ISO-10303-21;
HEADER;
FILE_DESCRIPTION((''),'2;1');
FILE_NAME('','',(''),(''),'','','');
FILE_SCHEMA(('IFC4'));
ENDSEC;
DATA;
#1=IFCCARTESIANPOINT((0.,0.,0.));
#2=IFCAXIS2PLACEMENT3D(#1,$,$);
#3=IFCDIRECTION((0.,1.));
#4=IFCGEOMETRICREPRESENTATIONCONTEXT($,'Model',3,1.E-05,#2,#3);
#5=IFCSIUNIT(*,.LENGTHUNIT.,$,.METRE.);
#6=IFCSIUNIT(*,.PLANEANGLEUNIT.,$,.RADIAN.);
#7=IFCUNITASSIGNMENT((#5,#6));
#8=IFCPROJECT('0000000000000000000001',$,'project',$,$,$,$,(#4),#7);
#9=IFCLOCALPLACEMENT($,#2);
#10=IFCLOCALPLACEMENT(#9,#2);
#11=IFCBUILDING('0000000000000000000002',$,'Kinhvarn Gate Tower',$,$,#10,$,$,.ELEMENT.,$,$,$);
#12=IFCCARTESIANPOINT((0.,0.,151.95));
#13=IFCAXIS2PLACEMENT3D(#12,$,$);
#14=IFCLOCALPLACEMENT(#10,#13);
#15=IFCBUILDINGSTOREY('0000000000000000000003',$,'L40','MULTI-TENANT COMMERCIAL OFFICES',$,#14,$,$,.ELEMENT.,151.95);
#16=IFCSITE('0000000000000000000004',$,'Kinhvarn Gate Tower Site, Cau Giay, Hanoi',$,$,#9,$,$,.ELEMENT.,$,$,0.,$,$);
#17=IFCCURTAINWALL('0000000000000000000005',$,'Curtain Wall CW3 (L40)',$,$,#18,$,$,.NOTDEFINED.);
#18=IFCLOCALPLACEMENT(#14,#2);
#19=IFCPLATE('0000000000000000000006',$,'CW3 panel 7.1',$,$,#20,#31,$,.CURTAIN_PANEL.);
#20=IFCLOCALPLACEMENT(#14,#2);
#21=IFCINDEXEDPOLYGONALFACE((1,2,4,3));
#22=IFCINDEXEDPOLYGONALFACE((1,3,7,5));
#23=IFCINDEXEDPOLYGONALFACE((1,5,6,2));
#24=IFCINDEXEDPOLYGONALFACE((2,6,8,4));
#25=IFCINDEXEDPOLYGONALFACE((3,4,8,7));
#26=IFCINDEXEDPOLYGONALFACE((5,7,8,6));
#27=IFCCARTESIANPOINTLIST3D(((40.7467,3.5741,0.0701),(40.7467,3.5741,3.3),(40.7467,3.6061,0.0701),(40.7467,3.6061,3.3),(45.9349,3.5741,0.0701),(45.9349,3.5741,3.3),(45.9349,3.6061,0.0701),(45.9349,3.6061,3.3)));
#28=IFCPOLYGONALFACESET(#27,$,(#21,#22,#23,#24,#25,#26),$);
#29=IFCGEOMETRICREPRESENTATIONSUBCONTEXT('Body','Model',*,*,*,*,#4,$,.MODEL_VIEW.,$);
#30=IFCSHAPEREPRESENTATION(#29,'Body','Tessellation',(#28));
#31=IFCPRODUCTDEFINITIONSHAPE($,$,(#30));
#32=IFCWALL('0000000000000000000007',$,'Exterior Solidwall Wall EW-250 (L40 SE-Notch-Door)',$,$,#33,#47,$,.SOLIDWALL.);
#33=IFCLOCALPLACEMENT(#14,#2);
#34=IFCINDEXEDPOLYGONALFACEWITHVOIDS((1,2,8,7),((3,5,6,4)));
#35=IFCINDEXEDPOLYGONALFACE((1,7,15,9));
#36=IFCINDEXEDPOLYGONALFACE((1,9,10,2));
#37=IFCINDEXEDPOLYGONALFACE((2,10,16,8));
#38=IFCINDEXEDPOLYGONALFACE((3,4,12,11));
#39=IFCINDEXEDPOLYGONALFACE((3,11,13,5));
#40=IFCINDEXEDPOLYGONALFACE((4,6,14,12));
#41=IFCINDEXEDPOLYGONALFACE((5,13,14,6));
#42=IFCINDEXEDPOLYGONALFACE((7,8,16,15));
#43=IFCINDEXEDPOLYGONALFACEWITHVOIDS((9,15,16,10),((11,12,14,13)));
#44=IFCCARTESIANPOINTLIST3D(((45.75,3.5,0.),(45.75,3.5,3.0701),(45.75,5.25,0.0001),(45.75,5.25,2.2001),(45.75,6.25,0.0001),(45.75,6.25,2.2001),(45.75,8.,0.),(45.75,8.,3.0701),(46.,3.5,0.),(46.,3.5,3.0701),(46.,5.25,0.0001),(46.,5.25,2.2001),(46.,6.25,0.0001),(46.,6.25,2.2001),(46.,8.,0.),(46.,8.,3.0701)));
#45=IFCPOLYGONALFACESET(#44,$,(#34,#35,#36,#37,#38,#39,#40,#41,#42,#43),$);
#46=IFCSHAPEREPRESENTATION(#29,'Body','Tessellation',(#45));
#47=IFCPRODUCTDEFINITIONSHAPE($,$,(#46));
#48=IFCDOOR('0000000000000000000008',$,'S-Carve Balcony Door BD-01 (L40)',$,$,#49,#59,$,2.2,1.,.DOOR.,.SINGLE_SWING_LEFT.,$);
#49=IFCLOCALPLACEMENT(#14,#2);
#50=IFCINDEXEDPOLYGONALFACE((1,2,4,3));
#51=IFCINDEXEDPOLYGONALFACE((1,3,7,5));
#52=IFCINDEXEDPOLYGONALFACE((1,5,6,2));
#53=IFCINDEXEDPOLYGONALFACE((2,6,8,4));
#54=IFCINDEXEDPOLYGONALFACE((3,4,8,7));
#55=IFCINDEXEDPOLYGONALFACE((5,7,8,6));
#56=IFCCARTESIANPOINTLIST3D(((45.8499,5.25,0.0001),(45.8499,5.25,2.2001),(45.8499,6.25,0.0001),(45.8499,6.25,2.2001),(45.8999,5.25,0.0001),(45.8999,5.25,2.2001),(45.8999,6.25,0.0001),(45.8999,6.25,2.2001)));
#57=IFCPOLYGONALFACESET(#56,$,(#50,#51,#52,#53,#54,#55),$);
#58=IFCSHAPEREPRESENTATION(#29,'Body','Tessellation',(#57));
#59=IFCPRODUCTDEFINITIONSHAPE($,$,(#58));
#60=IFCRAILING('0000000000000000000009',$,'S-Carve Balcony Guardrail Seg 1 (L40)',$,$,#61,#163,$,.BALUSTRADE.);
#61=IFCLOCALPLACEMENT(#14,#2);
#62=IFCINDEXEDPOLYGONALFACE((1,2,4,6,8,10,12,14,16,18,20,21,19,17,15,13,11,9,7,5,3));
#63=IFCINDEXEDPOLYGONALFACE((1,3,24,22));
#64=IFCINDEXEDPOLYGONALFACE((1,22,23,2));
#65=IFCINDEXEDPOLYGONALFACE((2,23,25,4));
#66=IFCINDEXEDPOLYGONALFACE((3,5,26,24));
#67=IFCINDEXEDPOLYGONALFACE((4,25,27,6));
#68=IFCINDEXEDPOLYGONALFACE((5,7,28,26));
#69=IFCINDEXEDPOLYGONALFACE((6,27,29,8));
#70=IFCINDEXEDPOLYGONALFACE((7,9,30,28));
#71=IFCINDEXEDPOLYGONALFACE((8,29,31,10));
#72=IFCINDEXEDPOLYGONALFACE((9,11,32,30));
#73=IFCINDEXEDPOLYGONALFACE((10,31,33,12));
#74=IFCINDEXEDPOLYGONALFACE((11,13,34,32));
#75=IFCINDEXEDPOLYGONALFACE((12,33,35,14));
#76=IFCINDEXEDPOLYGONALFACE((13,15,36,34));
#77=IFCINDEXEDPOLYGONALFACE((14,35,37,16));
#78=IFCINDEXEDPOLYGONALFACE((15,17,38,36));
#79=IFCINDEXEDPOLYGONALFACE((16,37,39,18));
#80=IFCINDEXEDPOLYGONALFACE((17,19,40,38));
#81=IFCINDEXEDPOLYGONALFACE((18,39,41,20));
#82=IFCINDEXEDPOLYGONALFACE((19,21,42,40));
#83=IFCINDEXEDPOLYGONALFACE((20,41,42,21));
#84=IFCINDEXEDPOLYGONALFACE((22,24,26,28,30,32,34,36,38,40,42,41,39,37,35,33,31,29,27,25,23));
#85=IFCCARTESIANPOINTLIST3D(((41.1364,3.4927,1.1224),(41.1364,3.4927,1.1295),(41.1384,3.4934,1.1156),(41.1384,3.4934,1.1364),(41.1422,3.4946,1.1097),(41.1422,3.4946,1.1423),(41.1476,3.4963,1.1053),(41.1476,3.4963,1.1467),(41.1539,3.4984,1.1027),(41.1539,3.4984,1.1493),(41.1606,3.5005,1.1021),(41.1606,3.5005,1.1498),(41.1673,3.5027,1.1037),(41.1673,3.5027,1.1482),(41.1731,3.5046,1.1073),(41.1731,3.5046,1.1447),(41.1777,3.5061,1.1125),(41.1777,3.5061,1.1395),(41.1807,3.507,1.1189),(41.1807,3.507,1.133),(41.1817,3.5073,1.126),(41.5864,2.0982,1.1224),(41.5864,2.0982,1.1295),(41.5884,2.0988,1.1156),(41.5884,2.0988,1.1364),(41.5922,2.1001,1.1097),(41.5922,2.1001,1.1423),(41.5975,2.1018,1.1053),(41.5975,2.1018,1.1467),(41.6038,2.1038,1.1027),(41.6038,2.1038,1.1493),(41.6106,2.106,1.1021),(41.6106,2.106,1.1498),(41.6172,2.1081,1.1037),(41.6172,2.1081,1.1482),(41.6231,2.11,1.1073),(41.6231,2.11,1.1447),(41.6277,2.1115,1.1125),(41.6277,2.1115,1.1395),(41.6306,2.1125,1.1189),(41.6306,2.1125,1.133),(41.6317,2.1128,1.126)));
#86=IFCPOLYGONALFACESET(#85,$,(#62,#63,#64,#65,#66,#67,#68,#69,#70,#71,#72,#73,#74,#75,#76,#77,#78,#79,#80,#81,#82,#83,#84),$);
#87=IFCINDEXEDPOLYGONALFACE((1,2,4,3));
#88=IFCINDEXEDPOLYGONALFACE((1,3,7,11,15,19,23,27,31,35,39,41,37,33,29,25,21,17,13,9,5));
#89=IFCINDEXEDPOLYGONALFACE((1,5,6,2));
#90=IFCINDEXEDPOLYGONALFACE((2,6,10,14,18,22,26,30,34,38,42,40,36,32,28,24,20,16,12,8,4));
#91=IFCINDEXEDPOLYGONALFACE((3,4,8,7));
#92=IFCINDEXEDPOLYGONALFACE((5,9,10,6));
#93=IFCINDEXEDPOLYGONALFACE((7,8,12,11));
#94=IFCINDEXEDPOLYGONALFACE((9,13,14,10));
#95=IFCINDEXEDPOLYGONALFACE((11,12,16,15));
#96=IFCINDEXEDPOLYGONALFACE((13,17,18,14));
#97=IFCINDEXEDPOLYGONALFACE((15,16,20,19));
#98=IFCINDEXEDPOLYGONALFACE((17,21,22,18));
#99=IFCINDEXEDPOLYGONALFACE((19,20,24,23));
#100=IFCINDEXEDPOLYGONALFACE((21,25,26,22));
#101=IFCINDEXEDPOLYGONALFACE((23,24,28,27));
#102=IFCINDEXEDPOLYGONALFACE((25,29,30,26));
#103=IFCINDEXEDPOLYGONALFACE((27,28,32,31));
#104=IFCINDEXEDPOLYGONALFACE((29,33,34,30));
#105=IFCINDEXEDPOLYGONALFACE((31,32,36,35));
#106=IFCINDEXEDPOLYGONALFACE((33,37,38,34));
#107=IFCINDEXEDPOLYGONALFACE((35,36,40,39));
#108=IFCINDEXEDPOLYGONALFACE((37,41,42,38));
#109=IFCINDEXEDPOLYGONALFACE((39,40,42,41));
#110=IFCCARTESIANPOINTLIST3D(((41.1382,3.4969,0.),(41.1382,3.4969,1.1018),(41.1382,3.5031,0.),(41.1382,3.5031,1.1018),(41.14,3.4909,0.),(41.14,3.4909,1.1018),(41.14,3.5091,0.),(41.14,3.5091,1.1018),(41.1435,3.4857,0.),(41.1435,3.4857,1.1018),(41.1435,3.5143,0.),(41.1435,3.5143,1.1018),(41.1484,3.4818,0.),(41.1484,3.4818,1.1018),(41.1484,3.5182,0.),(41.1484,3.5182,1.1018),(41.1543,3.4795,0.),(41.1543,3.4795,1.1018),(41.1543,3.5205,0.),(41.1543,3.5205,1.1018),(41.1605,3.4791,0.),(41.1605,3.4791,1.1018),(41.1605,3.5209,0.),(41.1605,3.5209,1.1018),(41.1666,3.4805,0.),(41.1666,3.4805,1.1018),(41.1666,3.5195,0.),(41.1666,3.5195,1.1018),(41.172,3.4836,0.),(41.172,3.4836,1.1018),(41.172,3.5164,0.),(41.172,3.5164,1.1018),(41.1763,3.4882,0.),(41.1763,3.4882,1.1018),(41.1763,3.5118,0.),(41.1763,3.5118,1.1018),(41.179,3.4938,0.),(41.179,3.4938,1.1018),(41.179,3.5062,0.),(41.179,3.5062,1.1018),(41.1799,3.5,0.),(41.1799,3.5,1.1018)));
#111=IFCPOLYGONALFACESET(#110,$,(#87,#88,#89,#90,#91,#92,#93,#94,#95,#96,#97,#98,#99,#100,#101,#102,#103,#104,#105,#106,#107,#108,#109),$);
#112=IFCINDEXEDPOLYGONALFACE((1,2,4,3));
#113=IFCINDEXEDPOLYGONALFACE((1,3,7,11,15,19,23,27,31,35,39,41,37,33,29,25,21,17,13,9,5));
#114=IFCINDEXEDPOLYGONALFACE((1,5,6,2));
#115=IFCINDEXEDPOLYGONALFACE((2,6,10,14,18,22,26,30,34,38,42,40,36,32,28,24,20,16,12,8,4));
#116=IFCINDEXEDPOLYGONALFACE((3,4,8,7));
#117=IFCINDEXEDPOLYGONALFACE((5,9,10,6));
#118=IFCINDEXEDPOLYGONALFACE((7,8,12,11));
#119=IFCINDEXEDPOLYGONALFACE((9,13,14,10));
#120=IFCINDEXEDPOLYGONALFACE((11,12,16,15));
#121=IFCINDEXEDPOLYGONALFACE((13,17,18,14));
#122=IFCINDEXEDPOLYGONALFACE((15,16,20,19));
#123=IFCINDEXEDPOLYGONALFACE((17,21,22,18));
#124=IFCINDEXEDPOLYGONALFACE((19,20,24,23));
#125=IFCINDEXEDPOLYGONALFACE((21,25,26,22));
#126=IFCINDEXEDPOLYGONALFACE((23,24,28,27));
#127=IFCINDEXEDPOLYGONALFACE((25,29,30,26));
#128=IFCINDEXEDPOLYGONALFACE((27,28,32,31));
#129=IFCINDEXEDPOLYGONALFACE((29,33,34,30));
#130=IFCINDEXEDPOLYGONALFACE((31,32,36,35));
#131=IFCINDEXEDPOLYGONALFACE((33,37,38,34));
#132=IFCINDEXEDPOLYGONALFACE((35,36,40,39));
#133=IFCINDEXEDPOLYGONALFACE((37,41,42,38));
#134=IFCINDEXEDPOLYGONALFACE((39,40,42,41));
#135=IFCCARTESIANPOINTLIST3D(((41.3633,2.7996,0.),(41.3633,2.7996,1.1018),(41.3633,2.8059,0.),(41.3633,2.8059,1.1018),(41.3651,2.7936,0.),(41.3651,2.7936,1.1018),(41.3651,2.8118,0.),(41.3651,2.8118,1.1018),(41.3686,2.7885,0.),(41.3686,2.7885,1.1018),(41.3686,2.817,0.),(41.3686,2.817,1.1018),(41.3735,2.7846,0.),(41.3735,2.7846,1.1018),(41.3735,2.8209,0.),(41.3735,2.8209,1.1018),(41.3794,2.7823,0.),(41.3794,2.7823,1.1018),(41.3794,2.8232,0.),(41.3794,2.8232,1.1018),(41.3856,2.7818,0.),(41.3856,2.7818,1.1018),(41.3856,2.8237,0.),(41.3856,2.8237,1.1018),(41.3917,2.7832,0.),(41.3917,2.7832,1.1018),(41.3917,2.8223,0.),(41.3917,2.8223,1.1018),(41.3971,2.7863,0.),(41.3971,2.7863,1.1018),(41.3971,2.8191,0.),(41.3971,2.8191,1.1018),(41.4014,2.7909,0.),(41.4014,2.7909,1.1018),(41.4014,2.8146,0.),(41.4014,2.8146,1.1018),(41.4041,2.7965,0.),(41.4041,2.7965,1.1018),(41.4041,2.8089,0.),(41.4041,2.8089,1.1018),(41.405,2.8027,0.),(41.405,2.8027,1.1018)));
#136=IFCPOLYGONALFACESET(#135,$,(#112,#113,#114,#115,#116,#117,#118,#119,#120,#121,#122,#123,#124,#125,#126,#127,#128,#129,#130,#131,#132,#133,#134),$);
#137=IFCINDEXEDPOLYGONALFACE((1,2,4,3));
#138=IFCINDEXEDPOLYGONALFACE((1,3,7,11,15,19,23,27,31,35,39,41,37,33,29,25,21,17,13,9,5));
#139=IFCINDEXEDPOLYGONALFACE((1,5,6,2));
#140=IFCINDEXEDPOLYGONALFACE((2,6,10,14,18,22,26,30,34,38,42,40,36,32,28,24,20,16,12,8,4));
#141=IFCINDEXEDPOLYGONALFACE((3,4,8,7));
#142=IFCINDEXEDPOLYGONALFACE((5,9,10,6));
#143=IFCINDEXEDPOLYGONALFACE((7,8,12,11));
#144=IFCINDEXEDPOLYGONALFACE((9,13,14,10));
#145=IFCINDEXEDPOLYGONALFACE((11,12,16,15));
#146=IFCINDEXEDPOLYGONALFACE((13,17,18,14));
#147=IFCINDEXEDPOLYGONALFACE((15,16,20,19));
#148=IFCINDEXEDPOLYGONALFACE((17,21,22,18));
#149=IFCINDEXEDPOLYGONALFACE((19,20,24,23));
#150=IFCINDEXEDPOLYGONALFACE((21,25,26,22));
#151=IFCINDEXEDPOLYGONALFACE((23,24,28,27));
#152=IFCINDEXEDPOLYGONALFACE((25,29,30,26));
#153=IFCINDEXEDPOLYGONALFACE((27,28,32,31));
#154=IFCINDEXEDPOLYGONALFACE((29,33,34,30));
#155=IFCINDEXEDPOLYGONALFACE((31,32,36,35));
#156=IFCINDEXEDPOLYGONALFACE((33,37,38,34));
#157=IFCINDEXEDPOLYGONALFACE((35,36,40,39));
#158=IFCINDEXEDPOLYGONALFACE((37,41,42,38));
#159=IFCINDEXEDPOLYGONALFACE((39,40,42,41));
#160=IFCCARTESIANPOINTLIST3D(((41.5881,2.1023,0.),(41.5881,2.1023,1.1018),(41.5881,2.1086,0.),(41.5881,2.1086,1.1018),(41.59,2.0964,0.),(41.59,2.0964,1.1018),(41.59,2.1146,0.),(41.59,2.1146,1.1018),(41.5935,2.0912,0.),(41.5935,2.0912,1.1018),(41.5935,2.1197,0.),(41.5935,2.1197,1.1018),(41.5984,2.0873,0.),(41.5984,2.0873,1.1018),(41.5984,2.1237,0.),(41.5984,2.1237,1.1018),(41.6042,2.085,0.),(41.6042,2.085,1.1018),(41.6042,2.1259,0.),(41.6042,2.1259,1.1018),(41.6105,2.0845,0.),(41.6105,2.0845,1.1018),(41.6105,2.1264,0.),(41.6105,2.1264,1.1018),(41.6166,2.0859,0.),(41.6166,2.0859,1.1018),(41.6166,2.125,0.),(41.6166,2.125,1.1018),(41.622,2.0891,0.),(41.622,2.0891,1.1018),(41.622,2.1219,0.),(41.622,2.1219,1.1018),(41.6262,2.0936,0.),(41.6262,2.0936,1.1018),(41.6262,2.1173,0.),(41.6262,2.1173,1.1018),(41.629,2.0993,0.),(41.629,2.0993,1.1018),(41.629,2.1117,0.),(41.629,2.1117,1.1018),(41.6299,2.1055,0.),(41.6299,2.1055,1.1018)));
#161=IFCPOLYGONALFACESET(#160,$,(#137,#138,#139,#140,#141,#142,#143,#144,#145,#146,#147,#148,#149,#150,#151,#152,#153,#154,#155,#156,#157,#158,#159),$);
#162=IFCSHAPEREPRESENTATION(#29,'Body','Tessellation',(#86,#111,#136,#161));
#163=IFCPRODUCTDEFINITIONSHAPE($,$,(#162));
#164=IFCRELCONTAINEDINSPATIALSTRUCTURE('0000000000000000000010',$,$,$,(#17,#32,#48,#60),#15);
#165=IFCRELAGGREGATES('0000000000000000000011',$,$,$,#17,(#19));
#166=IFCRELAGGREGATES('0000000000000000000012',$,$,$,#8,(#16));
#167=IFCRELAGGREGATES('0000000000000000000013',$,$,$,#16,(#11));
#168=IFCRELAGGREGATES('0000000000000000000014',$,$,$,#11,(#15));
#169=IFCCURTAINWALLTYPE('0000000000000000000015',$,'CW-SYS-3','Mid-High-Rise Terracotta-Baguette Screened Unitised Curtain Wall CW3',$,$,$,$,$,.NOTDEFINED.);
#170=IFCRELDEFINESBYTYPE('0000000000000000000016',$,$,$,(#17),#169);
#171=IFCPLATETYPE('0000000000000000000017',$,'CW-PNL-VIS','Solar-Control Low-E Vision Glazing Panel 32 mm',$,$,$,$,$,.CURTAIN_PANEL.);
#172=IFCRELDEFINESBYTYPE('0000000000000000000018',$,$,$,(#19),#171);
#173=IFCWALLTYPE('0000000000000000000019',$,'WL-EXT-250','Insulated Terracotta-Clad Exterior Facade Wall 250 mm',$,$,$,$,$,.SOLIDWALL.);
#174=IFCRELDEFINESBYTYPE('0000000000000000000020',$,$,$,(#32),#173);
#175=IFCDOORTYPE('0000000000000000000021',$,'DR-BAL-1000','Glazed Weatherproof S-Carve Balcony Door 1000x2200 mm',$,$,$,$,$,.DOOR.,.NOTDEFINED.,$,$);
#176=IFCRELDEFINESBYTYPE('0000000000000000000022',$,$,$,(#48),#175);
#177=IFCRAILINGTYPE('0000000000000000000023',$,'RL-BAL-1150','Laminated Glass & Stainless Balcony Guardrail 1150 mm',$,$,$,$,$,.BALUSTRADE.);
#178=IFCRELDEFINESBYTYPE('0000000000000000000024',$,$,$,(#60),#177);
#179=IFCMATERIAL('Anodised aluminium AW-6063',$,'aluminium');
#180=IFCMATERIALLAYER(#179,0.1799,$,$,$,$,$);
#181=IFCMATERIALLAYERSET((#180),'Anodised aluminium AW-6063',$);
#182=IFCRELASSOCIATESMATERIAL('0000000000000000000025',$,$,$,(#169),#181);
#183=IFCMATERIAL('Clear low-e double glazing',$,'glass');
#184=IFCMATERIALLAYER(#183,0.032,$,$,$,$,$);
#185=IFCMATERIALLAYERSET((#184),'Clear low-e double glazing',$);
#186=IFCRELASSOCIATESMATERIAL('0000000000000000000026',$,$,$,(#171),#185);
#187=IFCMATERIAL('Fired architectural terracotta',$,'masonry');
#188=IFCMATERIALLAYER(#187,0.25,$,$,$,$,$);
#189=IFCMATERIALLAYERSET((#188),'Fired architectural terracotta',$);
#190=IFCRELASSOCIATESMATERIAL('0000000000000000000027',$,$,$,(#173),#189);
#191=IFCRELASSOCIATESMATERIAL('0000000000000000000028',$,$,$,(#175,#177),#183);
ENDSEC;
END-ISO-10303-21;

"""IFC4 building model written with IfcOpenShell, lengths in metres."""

from ifc_helpers import new_model, si_unit, direction, frame, frame_2d, origin, origin_2d, place, context, subcontext, project, spatial, rectangle, circle, extrude, material, layer, layer_set, type_object, element, fill, aggregate, save


model = new_model("IFC4")

# Units and contexts
model_context = context("Model", 3, precision=1e-05, world=origin(), true_north=direction((0.0, 1.0)))
body_context = subcontext(model_context, "Body", "Model", "MODEL_VIEW")
ifc_project = project(units=[si_unit("LENGTHUNIT", "METRE"), si_unit("PLANEANGLEUNIT", "RADIAN")], contexts=[model_context])

# Site, building, storey
site_placement = place(None, origin())
site = spatial("IfcSite", under=ifc_project, at=site_placement, Name="Kinhvarn Gate Tower Site, Cau Giay, Hanoi", CompositionType="ELEMENT", RefElevation=0.0)
building_placement = place(site_placement, origin())
building = spatial("IfcBuilding", under=site, at=building_placement, Name="Kinhvarn Gate Tower", CompositionType="ELEMENT")
storey_placement = place(building_placement, frame((0.0, 0.0, 151.95)))
storey = spatial("IfcBuildingStorey", under=building, at=storey_placement, Name="L40", Description="MULTI-TENANT COMMERCIAL OFFICES", CompositionType="ELEMENT", Elevation=151.95)

# Curtain wall
ifc_material_1 = material(Name="Anodised aluminium AW-6063", Category="aluminium")
ifc_layer_1 = layer(ifc_material_1, 0.1799)
ifc_layer_set_1 = layer_set([ifc_layer_1], Name="Anodised aluminium AW-6063")
curtain_wall_type = type_object("IfcCurtainWallType", Name="CW-SYS-3", Description="Mid-High-Rise Terracotta-Baguette Screened Unitised Curtain Wall CW3", PredefinedType="NOTDEFINED", material=ifc_layer_set_1)
curtain_wall_1_placement = place(storey_placement, origin())
curtain_wall_1 = element("IfcCurtainWall", 1, at=curtain_wall_1_placement, inside=storey, type_object=curtain_wall_type, Name="Curtain Wall CW3 (L40)", PredefinedType="NOTDEFINED")

# Plate
ifc_material_2 = material(Name="Clear low-e double glazing", Category="glass")
ifc_layer_2 = layer(ifc_material_2, 0.032)
ifc_layer_set_2 = layer_set([ifc_layer_2], Name="Clear low-e double glazing")
plate_type = type_object("IfcPlateType", Name="CW-PNL-VIS", Description="Solar-Control Low-E Vision Glazing Panel 32 mm", PredefinedType="CURTAIN_PANEL", material=ifc_layer_set_2)
plate_placement = place(storey_placement, frame((43.3408, 3.5901, 0.0701), z_axis=(0.0, 0.0, 1.0), x_axis=(1.0, 0.0, 0.0)))
plate = element("IfcPlate", 2, at=plate_placement, type_object=plate_type, Name="CW3 panel 7.1", PredefinedType="CURTAIN_PANEL", context=body_context, shape_type="SweptSolid", body=[
    extrude(rectangle(XDim=5.1882, YDim=0.032, at=origin_2d()), origin(), (0.0, 0.0, 1.0), 3.23),
])
aggregate(curtain_wall_1, [plate])

# Wall, opening, door
ifc_material_3 = material(Name="Fired architectural terracotta", Category="masonry")
ifc_layer_3 = layer(ifc_material_3, 0.25)
ifc_layer_set_3 = layer_set([ifc_layer_3], Name="Fired architectural terracotta")
wall_type = type_object("IfcWallType", Name="WL-EXT-250", Description="Insulated Terracotta-Clad Exterior Facade Wall 250 mm", PredefinedType="SOLIDWALL", material=ifc_layer_set_3)
wall_placement = place(storey_placement, frame((45.875, 3.5, 0.0), z_axis=(0.0, 0.0, 1.0), x_axis=(0.0, 1.0, 0.0)))
wall = element("IfcWall", 3, at=wall_placement, inside=storey, type_object=wall_type, Name="Exterior Solidwall Wall EW-250 (L40 SE-Notch-Door)", PredefinedType="SOLIDWALL", context=body_context, shape_type="SweptSolid", body=[
    extrude(rectangle(XDim=4.5, YDim=0.25, at=frame_2d((2.25, 0.0))), origin(), (0.0, 0.0, 1.0), 3.0701),
])
opening_placement = place(wall_placement, frame((1.75, 0.0, 0.0)))
opening = element("IfcOpeningElement", 4, at=opening_placement, cuts=wall, PredefinedType="OPENING", context=body_context, shape_type="SweptSolid", body=[
    extrude(rectangle(XDim=1.0, YDim=2.2, at=frame_2d((0.5, 1.1001))), frame((0.0, 0.135, 0.0), z_axis=(0.0, -1.0, 0.0), x_axis=(1.0, 0.0, 0.0)), (0.0, 0.0, 1.0), 0.27),
])
door_type = type_object("IfcDoorType", Name="DR-BAL-1000", Description="Glazed Weatherproof S-Carve Balcony Door 1000x2200 mm", OperationType="NOTDEFINED", PredefinedType="DOOR", material=ifc_material_2)
door_placement = place(opening_placement, frame((1.0, 0.0, 0.0), z_axis=(0.0, 0.0, 1.0), x_axis=(-1.0, 0.0, 0.0)))
door = element("IfcDoor", 5, at=door_placement, inside=storey, type_object=door_type, Name="S-Carve Balcony Door BD-01 (L40)", OperationType="SINGLE_SWING_LEFT", OverallHeight=2.2, OverallWidth=1.0, PredefinedType="DOOR", context=body_context, shape_type="SweptSolid", body=[
    extrude(rectangle(XDim=1.0, YDim=2.2, at=frame_2d((0.5, 1.1001))), frame((0.0, 0.0249, 0.0), z_axis=(0.0, -1.0, 0.0), x_axis=(1.0, 0.0, 0.0)), (0.0, 0.0, 1.0), 0.05),
])
fill(opening, door)

# Railing
railing_type = type_object("IfcRailingType", Name="RL-BAL-1150", Description="Laminated Glass & Stainless Balcony Guardrail 1150 mm", PredefinedType="BALUSTRADE", material=ifc_material_2)
railing_1_placement = place(storey_placement, frame((41.1589, 3.5, 0.0)))
element("IfcRailing", 6, at=railing_1_placement, inside=storey, type_object=railing_type, Name="S-Carve Balcony Guardrail Seg 1 (L40)", PredefinedType="BALUSTRADE", context=body_context, shape_type="SweptSolid", body=[
    extrude(circle(Radius=0.0239, at=origin_2d()), frame((0.0, 0.0, 1.126), z_axis=(0.307066, -0.951688, 0.0), x_axis=(0.951688, 0.307066, 0.0)), (0.0, 0.0, 1.0), 1.4653),
    extrude(circle(Radius=0.021, at=origin_2d()), origin(), (0.0, 0.0, 1.0), 1.1018),
    extrude(circle(Radius=0.021, at=origin_2d()), frame((0.2251, -0.6973, 0.0)), (0.0, 0.0, 1.0), 1.1018),
    extrude(circle(Radius=0.021, at=origin_2d()), frame((0.45, -1.3945, 0.0)), (0.0, 0.0, 1.0), 1.1018),
])

save(model, "model.ifc")
